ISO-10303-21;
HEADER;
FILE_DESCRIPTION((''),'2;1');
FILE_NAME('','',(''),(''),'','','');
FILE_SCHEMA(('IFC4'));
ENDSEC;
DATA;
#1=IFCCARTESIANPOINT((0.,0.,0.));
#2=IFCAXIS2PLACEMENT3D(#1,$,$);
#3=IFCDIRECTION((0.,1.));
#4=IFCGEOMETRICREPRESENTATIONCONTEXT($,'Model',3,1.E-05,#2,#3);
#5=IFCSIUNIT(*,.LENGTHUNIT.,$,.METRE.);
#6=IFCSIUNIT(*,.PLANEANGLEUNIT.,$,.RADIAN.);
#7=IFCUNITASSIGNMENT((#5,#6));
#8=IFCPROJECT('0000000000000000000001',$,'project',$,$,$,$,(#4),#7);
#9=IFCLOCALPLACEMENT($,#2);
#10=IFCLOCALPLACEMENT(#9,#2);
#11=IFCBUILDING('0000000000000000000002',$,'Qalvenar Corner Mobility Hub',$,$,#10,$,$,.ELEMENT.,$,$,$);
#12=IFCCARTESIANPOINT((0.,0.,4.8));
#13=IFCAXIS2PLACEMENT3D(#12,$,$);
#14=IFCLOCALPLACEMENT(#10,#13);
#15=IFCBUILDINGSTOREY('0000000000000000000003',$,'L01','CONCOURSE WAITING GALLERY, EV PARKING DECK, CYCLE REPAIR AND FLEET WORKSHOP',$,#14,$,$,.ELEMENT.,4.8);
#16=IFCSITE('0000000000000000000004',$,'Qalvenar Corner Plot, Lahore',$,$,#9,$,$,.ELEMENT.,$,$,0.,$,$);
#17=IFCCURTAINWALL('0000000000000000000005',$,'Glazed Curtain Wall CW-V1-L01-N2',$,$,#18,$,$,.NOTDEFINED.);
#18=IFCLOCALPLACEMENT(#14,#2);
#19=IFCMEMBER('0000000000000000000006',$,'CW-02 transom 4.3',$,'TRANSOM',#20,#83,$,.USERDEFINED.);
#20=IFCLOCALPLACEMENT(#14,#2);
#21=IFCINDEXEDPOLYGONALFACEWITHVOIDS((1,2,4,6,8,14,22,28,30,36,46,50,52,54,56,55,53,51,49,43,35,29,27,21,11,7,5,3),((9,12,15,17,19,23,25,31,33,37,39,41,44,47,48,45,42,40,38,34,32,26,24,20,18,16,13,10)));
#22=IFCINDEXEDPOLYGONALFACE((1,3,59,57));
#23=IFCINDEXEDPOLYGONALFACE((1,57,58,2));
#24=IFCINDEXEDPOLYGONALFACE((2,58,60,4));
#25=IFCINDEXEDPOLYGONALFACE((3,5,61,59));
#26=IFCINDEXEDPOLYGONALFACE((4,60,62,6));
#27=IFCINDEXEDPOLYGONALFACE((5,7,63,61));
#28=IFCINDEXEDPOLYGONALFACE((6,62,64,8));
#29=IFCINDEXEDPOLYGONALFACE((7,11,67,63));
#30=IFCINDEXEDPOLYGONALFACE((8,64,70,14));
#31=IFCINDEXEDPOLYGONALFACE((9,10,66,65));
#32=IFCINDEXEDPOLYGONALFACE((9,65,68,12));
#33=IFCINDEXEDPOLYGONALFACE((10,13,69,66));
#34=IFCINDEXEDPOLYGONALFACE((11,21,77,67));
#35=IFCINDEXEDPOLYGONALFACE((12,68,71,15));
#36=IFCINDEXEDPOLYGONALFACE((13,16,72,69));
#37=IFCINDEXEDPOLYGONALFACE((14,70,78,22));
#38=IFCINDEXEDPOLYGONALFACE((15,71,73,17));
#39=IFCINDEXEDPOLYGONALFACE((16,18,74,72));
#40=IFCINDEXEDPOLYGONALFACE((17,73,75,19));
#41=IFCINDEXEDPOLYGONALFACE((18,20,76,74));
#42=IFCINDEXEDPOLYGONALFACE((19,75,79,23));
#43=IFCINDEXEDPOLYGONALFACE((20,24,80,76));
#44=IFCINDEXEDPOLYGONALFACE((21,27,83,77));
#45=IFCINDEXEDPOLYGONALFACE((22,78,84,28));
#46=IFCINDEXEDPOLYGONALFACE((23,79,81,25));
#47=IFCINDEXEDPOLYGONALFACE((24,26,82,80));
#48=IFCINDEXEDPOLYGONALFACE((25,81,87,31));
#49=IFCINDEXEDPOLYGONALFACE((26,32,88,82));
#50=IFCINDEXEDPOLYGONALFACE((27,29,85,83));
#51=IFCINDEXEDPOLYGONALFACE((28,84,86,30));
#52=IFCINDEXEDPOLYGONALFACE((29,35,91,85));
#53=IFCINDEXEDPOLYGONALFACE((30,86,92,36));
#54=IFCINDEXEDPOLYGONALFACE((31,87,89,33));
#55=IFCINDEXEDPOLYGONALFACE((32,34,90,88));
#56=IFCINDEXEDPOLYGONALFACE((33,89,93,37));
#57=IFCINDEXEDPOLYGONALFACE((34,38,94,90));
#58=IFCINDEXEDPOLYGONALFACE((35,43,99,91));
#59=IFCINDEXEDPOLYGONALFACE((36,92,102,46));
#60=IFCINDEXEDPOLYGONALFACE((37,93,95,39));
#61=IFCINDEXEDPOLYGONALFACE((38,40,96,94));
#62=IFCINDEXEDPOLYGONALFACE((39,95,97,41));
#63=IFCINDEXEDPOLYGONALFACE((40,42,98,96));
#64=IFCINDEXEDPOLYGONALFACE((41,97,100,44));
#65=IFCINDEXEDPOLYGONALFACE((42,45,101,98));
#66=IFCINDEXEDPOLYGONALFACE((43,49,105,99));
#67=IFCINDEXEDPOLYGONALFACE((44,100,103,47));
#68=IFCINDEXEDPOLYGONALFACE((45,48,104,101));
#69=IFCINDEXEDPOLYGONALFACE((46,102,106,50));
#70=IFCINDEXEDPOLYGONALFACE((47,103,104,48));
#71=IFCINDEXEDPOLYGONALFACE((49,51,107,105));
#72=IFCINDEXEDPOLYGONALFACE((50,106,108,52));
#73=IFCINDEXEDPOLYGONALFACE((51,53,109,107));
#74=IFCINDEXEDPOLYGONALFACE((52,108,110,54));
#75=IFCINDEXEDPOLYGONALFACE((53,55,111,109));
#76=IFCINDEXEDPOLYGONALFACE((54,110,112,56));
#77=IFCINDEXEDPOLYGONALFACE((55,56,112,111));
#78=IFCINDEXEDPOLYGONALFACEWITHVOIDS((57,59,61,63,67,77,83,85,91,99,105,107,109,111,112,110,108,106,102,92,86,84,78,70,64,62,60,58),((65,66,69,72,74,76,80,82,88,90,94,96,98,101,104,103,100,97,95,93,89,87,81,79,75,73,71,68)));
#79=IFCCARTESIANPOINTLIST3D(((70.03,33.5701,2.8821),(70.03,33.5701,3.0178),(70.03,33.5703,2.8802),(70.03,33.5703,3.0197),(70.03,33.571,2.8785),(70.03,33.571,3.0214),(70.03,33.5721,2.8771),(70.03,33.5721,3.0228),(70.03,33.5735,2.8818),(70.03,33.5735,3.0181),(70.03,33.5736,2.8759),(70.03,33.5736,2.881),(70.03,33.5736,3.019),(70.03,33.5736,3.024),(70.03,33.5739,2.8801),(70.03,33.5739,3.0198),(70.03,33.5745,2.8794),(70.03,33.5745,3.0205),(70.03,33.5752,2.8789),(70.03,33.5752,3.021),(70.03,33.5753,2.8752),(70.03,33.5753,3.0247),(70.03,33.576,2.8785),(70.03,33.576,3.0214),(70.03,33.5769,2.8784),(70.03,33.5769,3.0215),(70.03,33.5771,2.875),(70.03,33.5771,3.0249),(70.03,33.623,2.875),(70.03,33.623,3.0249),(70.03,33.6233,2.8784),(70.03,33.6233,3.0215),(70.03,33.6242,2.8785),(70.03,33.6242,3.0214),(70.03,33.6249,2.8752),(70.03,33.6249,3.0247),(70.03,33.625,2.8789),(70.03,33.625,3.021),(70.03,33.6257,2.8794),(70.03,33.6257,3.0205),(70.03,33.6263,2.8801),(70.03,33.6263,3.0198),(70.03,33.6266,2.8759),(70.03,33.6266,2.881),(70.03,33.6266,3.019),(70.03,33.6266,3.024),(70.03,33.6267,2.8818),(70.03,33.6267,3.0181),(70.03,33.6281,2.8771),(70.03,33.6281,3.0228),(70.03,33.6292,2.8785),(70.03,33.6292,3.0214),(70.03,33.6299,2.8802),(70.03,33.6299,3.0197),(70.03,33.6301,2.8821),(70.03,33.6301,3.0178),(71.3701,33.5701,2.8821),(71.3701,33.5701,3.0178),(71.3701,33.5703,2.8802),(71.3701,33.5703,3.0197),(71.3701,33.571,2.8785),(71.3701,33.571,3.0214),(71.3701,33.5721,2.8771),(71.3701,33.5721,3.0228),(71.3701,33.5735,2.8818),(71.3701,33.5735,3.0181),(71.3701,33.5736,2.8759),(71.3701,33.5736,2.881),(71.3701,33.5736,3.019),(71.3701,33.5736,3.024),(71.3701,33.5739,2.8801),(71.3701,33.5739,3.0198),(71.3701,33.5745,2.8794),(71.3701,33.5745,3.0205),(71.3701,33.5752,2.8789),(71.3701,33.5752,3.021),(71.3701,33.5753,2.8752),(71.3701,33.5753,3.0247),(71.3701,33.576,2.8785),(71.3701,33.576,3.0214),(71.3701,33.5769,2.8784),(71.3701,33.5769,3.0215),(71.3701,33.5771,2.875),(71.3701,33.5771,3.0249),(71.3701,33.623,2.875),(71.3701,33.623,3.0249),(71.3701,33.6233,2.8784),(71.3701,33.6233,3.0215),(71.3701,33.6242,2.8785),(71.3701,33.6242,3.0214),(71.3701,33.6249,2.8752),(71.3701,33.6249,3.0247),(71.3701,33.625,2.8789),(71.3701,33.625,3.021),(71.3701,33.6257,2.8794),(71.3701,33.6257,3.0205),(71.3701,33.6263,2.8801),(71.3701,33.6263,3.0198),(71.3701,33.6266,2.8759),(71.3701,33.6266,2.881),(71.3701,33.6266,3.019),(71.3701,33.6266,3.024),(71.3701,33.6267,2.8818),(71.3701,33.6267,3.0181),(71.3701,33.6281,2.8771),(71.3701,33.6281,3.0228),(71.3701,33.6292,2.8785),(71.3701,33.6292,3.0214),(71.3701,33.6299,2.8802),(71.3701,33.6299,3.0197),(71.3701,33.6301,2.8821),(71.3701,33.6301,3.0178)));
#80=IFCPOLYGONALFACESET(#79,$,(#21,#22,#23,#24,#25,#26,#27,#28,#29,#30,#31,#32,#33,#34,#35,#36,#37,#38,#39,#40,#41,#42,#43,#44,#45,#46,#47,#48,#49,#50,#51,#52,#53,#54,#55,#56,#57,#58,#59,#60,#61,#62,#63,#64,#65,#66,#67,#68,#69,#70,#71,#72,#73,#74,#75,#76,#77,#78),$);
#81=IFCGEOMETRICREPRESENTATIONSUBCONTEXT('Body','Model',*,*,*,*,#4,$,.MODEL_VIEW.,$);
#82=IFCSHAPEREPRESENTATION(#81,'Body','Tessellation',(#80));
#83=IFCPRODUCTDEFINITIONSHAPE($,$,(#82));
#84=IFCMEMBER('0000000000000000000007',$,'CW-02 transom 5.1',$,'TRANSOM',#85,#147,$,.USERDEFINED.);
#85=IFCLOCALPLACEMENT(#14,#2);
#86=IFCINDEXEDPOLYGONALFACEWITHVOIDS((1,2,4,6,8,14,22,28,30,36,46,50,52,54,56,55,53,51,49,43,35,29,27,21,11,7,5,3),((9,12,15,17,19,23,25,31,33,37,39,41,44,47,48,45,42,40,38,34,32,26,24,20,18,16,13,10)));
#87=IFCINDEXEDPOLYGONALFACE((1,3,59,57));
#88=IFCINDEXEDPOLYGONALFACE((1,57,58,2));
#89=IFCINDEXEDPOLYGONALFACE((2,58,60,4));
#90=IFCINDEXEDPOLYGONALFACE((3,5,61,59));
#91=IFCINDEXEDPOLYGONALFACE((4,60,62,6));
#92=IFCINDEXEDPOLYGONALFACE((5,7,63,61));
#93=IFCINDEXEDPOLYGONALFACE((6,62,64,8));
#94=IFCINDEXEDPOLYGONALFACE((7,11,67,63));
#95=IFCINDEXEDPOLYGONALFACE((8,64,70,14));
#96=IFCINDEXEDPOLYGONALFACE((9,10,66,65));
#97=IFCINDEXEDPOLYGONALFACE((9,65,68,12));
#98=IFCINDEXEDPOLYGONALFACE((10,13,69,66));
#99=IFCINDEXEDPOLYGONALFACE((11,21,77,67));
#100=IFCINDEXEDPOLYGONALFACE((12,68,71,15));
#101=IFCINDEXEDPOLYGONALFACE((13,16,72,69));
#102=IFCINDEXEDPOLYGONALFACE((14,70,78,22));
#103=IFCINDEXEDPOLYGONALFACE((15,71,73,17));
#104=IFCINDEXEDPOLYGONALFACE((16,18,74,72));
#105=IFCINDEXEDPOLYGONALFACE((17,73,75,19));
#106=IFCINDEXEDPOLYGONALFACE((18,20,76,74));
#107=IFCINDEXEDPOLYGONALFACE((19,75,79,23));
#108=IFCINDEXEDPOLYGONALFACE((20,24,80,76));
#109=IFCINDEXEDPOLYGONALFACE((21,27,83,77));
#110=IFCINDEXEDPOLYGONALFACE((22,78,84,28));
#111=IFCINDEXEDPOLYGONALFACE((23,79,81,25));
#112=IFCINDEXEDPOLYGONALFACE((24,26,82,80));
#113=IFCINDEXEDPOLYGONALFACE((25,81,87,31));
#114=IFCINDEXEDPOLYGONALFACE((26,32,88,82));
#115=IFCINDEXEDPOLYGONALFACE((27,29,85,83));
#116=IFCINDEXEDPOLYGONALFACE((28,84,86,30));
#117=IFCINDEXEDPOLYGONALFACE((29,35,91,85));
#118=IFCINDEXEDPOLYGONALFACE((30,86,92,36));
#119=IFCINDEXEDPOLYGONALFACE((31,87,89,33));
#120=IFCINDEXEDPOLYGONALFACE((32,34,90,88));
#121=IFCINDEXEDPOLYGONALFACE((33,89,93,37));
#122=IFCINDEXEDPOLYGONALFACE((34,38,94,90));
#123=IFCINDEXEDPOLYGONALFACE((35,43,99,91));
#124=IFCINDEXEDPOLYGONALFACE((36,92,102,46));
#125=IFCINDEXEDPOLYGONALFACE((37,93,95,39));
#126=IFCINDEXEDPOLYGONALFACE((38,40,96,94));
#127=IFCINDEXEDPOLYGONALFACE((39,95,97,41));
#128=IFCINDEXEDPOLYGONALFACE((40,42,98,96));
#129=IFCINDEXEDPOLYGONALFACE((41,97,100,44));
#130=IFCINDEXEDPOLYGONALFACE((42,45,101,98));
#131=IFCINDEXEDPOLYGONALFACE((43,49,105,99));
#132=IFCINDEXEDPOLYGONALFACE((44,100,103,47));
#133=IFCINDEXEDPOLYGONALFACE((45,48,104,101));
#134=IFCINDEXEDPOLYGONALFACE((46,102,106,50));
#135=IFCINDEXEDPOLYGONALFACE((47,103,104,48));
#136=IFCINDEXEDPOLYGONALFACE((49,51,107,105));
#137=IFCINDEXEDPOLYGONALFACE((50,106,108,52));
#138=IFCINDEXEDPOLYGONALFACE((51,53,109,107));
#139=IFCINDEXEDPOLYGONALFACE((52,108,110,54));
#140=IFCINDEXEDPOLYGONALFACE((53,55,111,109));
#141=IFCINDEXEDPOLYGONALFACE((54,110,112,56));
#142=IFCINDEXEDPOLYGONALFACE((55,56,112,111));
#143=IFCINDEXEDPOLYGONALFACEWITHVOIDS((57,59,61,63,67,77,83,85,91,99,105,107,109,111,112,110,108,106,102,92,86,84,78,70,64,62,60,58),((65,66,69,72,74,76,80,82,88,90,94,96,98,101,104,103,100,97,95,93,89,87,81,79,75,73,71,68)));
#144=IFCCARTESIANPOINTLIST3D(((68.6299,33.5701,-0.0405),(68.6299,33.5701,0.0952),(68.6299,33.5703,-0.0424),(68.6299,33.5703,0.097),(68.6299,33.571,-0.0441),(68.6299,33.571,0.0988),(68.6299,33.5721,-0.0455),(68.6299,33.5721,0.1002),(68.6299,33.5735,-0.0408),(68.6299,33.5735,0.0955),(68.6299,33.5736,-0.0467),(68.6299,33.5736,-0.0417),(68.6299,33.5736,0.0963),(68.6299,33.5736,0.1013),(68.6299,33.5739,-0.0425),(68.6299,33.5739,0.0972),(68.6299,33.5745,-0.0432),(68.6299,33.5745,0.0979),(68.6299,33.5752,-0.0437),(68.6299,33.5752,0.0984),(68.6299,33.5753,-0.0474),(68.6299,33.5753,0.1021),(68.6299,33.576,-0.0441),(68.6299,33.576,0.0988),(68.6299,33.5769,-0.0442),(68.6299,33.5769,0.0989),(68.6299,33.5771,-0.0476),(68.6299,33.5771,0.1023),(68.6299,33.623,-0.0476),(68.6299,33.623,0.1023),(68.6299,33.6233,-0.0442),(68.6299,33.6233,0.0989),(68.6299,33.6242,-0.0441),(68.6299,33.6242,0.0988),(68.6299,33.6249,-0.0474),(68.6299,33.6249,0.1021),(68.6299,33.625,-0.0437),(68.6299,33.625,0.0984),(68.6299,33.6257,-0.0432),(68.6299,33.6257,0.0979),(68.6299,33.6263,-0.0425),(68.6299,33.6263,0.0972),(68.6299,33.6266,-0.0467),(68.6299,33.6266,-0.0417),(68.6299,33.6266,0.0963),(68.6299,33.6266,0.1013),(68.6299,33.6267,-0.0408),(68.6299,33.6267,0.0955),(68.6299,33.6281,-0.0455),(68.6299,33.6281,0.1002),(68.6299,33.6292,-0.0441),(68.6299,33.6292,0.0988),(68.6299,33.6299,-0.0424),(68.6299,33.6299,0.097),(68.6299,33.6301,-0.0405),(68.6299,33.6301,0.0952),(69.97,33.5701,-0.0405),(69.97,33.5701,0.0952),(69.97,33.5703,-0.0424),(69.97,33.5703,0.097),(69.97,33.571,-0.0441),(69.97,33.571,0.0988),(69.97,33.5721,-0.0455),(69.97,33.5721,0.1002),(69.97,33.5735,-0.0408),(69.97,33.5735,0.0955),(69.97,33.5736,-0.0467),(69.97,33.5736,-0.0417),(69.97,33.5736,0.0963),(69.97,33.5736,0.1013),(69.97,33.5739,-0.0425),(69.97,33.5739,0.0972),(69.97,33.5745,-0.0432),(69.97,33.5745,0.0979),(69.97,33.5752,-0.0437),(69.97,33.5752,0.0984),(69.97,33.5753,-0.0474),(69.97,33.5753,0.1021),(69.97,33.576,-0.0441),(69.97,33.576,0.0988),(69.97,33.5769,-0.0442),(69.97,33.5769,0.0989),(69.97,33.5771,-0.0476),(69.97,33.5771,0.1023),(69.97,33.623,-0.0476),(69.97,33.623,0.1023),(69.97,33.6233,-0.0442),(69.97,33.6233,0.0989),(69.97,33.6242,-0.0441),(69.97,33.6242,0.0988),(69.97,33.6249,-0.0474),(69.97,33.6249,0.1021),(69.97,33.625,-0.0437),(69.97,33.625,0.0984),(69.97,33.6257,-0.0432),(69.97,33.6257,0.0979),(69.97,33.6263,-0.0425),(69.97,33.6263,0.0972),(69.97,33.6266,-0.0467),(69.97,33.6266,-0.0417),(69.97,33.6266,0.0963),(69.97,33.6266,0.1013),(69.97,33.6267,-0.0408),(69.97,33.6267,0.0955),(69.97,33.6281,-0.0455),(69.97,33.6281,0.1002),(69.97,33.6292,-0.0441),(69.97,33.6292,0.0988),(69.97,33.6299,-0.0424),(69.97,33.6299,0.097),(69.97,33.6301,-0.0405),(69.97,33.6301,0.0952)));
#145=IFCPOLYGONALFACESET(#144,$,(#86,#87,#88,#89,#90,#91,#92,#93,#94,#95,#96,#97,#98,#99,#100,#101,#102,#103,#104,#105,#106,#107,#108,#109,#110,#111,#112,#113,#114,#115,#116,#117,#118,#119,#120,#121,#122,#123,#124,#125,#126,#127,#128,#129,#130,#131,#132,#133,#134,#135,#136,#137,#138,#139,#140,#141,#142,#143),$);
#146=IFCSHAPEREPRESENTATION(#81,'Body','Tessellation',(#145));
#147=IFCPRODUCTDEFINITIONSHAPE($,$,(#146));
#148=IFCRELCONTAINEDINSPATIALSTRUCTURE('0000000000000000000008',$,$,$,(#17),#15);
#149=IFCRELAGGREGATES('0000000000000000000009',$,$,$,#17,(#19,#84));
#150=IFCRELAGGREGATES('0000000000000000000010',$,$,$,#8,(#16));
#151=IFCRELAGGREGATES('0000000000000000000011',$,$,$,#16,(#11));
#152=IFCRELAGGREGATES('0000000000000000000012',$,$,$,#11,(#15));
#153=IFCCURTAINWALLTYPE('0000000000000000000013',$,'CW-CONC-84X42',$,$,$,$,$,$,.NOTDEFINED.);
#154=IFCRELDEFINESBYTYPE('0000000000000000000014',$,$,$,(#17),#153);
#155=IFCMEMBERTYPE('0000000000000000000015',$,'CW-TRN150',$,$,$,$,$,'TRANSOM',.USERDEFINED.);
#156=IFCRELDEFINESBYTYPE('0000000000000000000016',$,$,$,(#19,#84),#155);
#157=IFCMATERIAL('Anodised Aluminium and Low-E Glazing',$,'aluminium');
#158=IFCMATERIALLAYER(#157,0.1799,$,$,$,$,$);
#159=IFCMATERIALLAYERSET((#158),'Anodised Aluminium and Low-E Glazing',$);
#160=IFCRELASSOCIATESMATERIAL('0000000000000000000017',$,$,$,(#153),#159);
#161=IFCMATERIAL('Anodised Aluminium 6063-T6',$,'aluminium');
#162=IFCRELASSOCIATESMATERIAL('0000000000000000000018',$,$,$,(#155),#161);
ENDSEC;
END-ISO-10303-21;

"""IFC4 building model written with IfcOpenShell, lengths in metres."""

from ifc_helpers import new_model, si_unit, direction, frame, origin, origin_2d, place, context, subcontext, project, spatial, hollow_rectangle, extrude, material, layer, layer_set, material_profile, profile_set, type_object, element, aggregate, save


model = new_model("IFC4")

# Units and contexts
model_context = context("Model", 3, precision=1e-05, world=origin(), true_north=direction((0.0, 1.0)))
body_context = subcontext(model_context, "Body", "Model", "MODEL_VIEW")
ifc_project = project(units=[si_unit("LENGTHUNIT", "METRE"), si_unit("PLANEANGLEUNIT", "RADIAN")], contexts=[model_context])

# Site, building, storey
site_placement = place(None, origin())
site = spatial("IfcSite", under=ifc_project, at=site_placement, Name="Qalvenar Corner Plot, Lahore", CompositionType="ELEMENT", RefElevation=0.0)
building_placement = place(site_placement, origin())
building = spatial("IfcBuilding", under=site, at=building_placement, Name="Qalvenar Corner Mobility Hub", CompositionType="ELEMENT")
storey_placement = place(building_placement, frame((0.0, 0.0, 4.8)))
storey = spatial("IfcBuildingStorey", under=building, at=storey_placement, Name="L01", Description="CONCOURSE WAITING GALLERY, EV PARKING DECK, CYCLE REPAIR AND FLEET WORKSHOP", CompositionType="ELEMENT", Elevation=4.8)

# Shared definitions
ifc_material_1 = material(Name="Anodised Aluminium and Low-E Glazing", Category="aluminium")
ifc_layer_1 = layer(ifc_material_1, 0.1799)
ifc_layer_set_1 = layer_set([ifc_layer_1], Name="Anodised Aluminium and Low-E Glazing")
curtain_wall_type = type_object("IfcCurtainWallType", Name="CW-CONC-84X42", PredefinedType="NOTDEFINED", material=ifc_layer_set_1)
ifc_material_2 = material(Name="Anodised Aluminium 6063-T6", Category="aluminium")

# Curtain wall
curtain_wall_1_placement = place(storey_placement, origin())
curtain_wall_1 = element("IfcCurtainWall", 1, at=curtain_wall_1_placement, inside=storey, type_object=curtain_wall_type, Name="Glazed Curtain Wall CW-V1-L01-N2", PredefinedType="NOTDEFINED")

# Members
ifc_material_profile_1 = material_profile(ifc_material_2, hollow_rectangle(XDim=0.0601, YDim=0.1499, WallThickness=0.0034, InnerFilletRadius=0.0034, OuterFilletRadius=0.0071, at=origin_2d()), Name="RHS150x60x3.5")
ifc_profile_set_1 = profile_set([ifc_material_profile_1], Name="Anodised Aluminium 6063-T6")
member_type_1 = type_object("IfcMemberType", Name="CW-TRN150", ElementType="TRANSOM", PredefinedType="USERDEFINED", material=ifc_profile_set_1)
member_1_placement = place(storey_placement, frame((71.3701, 33.6001, 2.95), z_axis=(-1.0, 0.0, 0.0), x_axis=(0.0, -1.0, 0.0)))
member_1 = element("IfcMember", 2, at=member_1_placement, type_object=member_type_1, Name="CW-02 transom 4.3", ObjectType="TRANSOM", PredefinedType="USERDEFINED", context=body_context, shape_type="SweptSolid", body=[
    extrude(hollow_rectangle(XDim=0.0601, YDim=0.1499, WallThickness=0.0034, InnerFilletRadius=0.0034, OuterFilletRadius=0.0071, at=origin_2d()), origin(), (0.0, 0.0, 1.0), 1.3401),
])
member_2_placement = place(storey_placement, frame((69.97, 33.6001, 0.0273), z_axis=(-1.0, 0.0, 0.0), x_axis=(0.0, -1.0, 0.0)))
member_2 = element("IfcMember", 3, at=member_2_placement, type_object=member_type_1, Name="CW-02 transom 5.1", ObjectType="TRANSOM", PredefinedType="USERDEFINED", context=body_context, shape_type="SweptSolid", body=[
    extrude(hollow_rectangle(XDim=0.0601, YDim=0.1499, WallThickness=0.0034, InnerFilletRadius=0.0034, OuterFilletRadius=0.0071, at=origin_2d()), origin(), (0.0, 0.0, 1.0), 1.3401),
])

aggregate(curtain_wall_1, [member_1, member_2])

save(model, "model.ifc")
